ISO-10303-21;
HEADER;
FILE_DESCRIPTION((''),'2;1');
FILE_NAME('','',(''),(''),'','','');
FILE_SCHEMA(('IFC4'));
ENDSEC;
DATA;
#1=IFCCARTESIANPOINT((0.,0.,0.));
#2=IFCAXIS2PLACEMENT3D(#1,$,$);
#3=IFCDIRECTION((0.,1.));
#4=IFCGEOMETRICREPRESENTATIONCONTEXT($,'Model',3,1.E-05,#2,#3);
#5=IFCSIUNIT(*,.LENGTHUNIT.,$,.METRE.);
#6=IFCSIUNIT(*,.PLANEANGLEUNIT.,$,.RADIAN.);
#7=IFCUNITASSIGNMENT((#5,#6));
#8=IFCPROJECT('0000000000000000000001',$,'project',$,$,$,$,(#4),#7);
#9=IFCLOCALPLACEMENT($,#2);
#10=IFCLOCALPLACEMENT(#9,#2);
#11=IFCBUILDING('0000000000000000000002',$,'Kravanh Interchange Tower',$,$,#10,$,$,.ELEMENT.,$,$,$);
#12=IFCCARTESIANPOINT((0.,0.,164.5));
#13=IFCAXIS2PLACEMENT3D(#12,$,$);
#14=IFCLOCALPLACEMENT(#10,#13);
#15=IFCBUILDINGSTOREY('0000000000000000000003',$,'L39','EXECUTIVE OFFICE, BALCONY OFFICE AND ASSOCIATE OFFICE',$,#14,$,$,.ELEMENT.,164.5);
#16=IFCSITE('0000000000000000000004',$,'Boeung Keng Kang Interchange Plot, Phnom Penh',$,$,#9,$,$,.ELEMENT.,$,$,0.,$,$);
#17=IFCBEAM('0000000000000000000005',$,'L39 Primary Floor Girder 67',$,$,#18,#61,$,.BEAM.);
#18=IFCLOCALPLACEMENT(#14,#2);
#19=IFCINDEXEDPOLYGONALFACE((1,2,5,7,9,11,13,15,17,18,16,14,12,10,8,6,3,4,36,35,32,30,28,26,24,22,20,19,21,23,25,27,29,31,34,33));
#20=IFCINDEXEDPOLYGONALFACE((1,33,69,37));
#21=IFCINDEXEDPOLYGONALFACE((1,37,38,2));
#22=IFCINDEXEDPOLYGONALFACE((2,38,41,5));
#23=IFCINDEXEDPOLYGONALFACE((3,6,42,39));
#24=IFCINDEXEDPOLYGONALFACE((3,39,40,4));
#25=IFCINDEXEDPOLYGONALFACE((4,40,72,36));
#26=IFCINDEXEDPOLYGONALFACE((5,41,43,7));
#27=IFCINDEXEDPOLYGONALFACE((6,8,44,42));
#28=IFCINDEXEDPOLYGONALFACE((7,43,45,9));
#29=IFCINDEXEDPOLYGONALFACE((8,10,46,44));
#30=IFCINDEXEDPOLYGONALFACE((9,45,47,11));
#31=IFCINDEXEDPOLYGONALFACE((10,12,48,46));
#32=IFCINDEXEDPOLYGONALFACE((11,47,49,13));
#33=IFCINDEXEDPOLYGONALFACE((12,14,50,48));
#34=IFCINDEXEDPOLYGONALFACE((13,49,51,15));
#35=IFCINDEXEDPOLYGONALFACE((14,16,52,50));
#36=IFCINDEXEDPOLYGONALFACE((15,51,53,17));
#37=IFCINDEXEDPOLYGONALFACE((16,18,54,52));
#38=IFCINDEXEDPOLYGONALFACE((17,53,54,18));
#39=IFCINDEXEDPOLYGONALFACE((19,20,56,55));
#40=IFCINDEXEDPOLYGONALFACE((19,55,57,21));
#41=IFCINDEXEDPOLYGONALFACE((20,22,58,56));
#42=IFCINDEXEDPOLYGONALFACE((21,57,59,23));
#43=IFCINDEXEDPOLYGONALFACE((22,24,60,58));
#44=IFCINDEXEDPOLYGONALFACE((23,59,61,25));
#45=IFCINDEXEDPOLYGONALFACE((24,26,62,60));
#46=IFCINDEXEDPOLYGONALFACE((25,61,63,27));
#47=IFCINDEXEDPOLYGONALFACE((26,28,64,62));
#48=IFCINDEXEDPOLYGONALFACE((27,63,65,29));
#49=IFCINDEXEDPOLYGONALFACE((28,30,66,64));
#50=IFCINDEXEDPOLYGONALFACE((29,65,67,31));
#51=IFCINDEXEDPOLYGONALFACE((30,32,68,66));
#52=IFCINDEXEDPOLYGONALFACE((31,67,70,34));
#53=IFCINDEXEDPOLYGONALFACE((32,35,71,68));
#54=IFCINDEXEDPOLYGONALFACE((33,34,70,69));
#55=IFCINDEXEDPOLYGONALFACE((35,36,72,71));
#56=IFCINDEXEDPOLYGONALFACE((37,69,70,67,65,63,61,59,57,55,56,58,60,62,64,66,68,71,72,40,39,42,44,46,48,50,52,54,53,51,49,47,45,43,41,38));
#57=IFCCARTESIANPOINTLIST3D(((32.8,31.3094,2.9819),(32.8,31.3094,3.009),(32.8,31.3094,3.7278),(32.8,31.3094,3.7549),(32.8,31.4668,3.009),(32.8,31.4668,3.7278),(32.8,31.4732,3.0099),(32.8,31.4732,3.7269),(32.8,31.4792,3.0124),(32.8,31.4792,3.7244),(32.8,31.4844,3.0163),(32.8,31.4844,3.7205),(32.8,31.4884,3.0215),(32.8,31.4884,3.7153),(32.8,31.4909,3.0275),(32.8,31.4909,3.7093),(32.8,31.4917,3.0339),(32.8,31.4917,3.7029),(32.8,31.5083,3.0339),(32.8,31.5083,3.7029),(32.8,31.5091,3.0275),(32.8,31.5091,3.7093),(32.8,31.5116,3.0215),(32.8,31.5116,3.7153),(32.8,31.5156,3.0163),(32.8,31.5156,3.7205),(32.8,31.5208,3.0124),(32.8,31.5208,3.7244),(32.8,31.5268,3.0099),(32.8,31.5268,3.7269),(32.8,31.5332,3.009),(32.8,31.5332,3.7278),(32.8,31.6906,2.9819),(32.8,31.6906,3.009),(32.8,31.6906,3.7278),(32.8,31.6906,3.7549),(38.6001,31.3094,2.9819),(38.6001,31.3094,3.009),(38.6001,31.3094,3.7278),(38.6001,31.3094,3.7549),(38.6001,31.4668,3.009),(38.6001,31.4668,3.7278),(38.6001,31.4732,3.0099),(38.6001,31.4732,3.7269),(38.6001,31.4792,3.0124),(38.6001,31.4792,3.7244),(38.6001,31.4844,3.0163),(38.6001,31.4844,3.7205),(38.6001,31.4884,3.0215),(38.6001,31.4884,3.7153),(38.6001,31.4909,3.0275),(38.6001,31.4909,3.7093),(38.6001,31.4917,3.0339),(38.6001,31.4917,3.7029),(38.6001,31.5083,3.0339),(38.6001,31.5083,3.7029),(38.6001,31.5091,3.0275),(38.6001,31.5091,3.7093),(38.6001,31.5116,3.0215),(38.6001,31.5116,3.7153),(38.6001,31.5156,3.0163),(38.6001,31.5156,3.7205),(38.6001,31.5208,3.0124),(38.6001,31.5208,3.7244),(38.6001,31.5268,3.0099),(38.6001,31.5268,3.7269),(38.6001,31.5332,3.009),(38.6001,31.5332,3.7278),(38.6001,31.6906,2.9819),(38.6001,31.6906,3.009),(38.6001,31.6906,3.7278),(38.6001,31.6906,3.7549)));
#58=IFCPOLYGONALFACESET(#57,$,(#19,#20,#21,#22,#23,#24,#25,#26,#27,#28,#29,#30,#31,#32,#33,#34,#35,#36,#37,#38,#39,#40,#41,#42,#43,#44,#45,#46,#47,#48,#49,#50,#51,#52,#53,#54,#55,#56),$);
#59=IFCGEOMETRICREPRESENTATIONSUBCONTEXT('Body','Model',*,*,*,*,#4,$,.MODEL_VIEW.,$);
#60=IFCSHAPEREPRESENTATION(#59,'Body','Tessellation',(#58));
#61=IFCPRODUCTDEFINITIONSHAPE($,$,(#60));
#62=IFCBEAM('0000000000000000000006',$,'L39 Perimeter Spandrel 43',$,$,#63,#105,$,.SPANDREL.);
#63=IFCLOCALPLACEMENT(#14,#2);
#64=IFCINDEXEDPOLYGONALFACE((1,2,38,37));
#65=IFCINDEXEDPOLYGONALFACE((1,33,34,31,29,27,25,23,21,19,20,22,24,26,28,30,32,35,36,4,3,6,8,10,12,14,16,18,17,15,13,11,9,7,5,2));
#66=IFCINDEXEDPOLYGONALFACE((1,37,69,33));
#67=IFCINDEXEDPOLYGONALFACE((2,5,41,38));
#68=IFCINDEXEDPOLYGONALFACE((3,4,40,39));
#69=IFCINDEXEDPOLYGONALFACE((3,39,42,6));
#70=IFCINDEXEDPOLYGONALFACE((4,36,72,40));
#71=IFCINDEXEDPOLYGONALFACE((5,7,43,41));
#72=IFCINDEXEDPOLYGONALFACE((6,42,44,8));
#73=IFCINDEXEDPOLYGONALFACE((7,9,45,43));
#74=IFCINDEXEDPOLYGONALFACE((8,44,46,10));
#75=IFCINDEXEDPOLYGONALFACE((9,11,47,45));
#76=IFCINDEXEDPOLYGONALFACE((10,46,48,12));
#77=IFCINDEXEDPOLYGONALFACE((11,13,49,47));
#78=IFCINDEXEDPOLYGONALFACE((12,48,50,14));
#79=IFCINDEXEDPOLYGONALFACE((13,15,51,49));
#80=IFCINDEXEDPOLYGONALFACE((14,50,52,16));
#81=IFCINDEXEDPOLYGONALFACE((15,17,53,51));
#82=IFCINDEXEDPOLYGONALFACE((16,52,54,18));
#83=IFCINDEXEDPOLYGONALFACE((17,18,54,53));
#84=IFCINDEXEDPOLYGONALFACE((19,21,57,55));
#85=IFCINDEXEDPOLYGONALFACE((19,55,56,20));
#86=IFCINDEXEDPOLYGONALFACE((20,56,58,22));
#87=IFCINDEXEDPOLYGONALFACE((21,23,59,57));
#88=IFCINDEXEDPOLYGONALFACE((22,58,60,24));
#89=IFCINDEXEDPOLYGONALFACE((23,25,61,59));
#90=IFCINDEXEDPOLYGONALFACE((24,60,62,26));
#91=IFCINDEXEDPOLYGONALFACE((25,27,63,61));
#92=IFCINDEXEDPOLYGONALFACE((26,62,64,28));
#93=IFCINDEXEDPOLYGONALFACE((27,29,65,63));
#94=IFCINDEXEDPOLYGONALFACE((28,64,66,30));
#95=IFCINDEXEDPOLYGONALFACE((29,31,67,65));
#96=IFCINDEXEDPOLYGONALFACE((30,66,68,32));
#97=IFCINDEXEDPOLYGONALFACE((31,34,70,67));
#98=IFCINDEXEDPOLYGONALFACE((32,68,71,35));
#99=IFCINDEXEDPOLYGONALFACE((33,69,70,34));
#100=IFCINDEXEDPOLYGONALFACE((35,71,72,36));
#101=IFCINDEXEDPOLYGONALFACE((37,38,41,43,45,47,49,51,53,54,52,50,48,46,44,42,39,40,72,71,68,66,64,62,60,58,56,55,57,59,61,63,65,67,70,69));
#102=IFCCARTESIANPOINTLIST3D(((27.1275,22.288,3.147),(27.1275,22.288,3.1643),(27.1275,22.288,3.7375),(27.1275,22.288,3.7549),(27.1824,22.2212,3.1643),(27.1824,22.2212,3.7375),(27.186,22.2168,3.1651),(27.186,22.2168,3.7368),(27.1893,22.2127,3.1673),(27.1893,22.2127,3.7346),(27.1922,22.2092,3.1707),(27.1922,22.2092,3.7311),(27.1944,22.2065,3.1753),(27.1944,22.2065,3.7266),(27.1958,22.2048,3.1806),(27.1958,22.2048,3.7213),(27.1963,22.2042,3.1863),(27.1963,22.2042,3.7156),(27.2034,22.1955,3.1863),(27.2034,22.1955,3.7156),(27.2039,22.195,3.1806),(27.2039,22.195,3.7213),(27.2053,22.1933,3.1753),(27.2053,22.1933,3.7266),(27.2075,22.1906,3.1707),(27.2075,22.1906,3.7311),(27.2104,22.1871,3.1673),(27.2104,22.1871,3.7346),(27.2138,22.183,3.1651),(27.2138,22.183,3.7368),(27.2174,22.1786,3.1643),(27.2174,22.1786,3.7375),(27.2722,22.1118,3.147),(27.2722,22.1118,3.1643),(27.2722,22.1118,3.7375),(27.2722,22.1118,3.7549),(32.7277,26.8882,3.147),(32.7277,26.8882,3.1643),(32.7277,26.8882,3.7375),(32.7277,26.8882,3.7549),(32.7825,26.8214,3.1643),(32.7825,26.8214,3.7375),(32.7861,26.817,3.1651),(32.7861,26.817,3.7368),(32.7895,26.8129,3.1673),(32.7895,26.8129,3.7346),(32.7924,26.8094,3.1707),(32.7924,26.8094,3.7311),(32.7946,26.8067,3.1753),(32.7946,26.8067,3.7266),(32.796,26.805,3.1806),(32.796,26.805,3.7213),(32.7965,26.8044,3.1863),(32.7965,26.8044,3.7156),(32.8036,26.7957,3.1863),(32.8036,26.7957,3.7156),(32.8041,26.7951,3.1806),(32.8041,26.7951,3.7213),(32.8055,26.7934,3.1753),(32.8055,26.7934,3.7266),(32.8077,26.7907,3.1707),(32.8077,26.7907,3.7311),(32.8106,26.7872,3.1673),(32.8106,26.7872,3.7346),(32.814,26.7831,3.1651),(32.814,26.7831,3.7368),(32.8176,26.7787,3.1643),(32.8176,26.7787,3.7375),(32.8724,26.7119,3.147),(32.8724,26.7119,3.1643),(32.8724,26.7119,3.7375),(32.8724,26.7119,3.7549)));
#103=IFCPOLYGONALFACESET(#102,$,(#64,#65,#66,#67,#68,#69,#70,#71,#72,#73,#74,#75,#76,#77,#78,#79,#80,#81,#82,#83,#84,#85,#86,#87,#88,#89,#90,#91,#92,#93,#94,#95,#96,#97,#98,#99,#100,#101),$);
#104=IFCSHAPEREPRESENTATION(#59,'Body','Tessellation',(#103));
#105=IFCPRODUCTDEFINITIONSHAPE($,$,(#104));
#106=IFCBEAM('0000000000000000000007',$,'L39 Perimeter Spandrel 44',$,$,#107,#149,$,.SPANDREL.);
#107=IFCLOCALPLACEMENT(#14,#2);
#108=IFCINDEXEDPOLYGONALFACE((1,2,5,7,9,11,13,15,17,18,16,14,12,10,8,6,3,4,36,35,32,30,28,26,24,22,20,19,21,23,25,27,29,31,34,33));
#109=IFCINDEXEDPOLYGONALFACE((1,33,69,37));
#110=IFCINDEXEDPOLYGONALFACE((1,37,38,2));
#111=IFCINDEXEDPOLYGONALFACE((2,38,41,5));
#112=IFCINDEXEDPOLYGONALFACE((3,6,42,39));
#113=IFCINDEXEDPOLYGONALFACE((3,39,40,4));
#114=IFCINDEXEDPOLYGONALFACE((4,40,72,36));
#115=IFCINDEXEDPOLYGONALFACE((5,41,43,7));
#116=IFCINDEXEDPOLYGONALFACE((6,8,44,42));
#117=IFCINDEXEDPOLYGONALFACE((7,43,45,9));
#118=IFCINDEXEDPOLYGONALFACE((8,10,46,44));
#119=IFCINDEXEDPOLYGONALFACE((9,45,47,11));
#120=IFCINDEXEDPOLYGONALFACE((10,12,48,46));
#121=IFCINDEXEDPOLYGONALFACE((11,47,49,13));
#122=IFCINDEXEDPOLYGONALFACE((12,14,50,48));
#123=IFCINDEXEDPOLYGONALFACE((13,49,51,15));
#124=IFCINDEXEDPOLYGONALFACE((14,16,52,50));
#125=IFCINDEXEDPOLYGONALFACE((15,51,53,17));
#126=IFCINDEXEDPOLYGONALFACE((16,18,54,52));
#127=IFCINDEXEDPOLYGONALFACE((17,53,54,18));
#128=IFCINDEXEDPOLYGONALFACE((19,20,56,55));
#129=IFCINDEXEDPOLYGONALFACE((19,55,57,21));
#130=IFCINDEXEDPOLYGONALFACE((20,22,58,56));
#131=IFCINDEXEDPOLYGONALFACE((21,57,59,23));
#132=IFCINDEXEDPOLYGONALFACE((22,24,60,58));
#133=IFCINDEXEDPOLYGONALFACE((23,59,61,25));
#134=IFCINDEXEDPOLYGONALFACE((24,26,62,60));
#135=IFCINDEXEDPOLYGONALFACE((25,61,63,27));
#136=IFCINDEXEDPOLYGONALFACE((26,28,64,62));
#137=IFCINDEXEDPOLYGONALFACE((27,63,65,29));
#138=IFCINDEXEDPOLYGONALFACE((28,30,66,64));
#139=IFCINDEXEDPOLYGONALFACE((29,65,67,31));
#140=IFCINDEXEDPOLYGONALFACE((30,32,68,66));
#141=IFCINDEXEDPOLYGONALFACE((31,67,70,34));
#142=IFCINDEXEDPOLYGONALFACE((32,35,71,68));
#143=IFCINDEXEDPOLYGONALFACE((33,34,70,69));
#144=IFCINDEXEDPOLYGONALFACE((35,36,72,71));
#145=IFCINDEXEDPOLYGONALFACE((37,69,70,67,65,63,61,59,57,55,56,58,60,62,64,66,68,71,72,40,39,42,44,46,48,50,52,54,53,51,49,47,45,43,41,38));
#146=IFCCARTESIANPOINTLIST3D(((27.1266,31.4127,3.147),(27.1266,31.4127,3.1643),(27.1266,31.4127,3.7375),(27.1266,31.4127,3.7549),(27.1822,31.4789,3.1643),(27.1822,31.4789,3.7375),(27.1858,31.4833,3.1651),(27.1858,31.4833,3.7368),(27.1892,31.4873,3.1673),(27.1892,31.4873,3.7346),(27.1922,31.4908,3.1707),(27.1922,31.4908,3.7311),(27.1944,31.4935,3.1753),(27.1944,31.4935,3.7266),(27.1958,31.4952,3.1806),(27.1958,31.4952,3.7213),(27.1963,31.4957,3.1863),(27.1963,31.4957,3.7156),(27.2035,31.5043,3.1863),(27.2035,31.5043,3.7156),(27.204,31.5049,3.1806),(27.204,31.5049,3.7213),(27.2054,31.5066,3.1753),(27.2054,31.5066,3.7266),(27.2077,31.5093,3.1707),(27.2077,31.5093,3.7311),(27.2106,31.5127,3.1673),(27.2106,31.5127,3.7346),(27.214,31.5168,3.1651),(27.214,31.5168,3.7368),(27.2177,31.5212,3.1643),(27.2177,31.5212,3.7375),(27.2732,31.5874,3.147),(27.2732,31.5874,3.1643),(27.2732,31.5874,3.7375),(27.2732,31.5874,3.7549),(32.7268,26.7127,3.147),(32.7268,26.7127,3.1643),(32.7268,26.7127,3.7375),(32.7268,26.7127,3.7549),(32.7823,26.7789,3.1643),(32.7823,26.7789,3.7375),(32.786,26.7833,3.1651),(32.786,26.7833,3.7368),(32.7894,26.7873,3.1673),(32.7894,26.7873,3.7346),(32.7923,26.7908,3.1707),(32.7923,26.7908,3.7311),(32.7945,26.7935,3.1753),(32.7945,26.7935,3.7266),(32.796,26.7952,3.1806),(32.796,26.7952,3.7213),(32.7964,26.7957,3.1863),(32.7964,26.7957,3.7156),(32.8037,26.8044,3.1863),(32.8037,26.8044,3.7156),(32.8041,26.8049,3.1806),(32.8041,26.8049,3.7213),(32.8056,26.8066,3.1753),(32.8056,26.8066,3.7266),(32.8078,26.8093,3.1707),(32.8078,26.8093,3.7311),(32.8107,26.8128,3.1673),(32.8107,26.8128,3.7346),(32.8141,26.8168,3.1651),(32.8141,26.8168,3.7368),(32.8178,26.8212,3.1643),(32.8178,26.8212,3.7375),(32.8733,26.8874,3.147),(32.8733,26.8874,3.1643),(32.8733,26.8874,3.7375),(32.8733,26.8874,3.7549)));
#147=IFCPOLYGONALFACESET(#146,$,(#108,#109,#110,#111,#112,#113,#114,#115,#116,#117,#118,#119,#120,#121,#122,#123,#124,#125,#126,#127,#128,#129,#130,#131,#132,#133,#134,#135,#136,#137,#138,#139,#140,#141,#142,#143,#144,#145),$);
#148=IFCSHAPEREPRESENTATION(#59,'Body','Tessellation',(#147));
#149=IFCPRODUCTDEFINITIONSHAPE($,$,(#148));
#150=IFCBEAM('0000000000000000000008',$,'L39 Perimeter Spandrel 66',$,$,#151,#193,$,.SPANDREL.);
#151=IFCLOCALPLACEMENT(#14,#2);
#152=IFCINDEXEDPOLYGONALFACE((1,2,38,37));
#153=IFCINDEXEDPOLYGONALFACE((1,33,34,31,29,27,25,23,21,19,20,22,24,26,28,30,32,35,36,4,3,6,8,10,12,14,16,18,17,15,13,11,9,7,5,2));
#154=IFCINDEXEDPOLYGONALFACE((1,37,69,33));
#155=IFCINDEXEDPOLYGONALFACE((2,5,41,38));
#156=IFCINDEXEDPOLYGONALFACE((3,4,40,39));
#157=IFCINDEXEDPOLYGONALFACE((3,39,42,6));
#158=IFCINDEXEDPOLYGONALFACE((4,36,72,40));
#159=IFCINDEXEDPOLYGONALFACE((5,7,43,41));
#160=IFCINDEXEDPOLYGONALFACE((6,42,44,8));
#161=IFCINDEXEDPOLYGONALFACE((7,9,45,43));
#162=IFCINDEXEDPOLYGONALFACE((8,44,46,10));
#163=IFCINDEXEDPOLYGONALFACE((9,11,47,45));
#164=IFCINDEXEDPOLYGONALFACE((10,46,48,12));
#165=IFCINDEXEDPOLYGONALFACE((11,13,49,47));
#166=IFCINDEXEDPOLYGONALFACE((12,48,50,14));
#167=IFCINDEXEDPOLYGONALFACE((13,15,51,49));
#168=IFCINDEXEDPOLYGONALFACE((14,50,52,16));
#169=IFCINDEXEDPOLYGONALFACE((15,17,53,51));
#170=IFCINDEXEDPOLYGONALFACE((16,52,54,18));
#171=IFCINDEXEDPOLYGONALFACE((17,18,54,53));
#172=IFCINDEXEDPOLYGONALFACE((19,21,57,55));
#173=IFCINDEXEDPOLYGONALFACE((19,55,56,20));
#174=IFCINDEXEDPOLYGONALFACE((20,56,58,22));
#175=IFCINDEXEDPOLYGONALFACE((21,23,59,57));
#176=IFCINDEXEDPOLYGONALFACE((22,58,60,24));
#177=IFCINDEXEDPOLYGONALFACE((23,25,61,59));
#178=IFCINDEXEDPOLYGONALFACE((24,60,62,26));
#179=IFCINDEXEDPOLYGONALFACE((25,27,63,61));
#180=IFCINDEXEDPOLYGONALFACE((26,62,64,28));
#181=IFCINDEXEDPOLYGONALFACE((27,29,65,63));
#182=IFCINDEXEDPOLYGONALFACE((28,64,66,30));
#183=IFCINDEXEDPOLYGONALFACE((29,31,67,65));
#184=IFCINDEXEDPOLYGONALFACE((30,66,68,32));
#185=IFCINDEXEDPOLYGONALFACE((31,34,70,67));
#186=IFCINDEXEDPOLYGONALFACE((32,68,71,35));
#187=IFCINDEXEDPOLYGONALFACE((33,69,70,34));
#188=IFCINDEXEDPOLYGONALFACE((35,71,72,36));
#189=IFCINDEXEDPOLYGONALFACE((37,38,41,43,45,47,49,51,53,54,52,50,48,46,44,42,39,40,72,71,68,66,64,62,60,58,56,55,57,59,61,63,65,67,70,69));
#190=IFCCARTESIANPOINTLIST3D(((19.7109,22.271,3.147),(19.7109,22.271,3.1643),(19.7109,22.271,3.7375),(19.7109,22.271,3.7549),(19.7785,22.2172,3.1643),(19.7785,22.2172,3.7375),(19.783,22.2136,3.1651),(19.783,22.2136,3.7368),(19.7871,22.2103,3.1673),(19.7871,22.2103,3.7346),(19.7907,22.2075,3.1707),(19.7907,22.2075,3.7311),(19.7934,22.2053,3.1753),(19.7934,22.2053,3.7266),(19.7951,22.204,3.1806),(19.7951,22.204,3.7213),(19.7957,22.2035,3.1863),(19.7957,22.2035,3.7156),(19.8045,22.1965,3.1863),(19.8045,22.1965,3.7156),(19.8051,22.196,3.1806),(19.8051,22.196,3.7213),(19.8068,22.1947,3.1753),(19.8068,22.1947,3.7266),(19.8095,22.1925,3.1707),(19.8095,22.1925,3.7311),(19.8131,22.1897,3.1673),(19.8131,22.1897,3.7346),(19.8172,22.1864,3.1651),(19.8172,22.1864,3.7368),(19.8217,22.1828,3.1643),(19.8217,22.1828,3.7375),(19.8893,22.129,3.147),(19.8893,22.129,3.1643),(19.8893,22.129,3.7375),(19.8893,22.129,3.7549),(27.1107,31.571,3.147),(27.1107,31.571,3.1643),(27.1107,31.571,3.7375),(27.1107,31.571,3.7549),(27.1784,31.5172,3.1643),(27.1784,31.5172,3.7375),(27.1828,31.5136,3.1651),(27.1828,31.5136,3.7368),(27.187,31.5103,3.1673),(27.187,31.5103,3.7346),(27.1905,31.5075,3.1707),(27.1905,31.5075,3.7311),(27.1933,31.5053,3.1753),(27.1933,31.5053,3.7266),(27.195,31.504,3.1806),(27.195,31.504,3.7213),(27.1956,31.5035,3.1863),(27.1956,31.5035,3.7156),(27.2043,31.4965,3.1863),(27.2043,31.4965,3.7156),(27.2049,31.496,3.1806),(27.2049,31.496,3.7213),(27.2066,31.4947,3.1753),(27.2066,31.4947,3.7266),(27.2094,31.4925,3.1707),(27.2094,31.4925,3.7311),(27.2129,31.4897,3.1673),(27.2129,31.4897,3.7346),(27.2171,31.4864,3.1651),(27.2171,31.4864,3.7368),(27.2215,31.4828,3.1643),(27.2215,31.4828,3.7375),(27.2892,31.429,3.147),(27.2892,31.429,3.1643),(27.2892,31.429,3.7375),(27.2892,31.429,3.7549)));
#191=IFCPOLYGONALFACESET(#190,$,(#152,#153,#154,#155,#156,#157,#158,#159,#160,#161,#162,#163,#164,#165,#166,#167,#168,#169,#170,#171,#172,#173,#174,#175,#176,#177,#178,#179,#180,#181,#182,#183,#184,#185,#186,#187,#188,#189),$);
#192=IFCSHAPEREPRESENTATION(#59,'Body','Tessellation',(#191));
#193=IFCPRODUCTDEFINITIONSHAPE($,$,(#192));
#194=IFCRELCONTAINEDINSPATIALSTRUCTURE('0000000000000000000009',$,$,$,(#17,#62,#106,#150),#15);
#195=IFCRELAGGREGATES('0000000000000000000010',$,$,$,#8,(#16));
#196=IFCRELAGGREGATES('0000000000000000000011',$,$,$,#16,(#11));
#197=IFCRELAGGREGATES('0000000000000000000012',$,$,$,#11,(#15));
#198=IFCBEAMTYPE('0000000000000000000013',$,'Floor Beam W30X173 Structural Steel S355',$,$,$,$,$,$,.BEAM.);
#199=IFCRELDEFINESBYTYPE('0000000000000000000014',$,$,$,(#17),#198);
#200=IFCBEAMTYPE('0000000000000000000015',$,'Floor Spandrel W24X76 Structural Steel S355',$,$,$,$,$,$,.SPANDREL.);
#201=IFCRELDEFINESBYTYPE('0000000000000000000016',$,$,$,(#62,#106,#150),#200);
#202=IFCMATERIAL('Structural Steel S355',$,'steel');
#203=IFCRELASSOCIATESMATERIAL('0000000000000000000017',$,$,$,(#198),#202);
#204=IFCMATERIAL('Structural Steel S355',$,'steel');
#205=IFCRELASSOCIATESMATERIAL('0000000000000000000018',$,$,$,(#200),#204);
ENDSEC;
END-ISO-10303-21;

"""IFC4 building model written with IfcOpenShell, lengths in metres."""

from ifc_helpers import new_model, si_unit, direction, frame, origin, origin_2d, place, context, subcontext, project, spatial, i_section, extrude, material, material_profile, profile_set, type_object, element, save


model = new_model("IFC4")

# Units and contexts
model_context = context("Model", 3, precision=1e-05, world=origin(), true_north=direction((0.0, 1.0)))
body_context = subcontext(model_context, "Body", "Model", "MODEL_VIEW")
ifc_project = project(units=[si_unit("LENGTHUNIT", "METRE"), si_unit("PLANEANGLEUNIT", "RADIAN")], contexts=[model_context])

# Site, building, storey
site_placement = place(None, origin())
site = spatial("IfcSite", under=ifc_project, at=site_placement, Name="Boeung Keng Kang Interchange Plot, Phnom Penh", CompositionType="ELEMENT", RefElevation=0.0)
building_placement = place(site_placement, origin())
building = spatial("IfcBuilding", under=site, at=building_placement, Name="Kravanh Interchange Tower", CompositionType="ELEMENT")
storey_placement = place(building_placement, frame((0.0, 0.0, 164.5)))
storey = spatial("IfcBuildingStorey", under=building, at=storey_placement, Name="L39", Description="EXECUTIVE OFFICE, BALCONY OFFICE AND ASSOCIATE OFFICE", CompositionType="ELEMENT", Elevation=164.5)

# Beams
ifc_material_1 = material(Name="Structural Steel S355", Category="steel")
ifc_material_profile_1 = material_profile(ifc_material_1, i_section(OverallWidth=0.3811, OverallDepth=0.7729, WebThickness=0.0166, FlangeThickness=0.0271, FilletRadius=0.0249, at=origin_2d()), Name="W30X173")
ifc_profile_set_1 = profile_set([ifc_material_profile_1], Name="Structural Steel S355")
beam_type_1 = type_object("IfcBeamType", Name="Floor Beam W30X173 Structural Steel S355", PredefinedType="BEAM", material=ifc_profile_set_1)
beam_1_placement = place(storey_placement, frame((32.8, 31.5, 3.3684), z_axis=(1.0, 0.0, 0.0), x_axis=(0.0, 1.0, 0.0)))
element("IfcBeam", 1, at=beam_1_placement, inside=storey, type_object=beam_type_1, Name="L39 Primary Floor Girder 67", PredefinedType="BEAM", context=body_context, shape_type="SweptSolid", body=[
    extrude(i_section(OverallWidth=0.3811, OverallDepth=0.7729, WebThickness=0.0166, FlangeThickness=0.0271, FilletRadius=0.0249, at=origin_2d()), origin(), (0.0, 0.0, 1.0), 5.8),
])
ifc_material_2 = material(Name="Structural Steel S355", Category="steel")
ifc_material_profile_2 = material_profile(ifc_material_2, i_section(OverallWidth=0.228, OverallDepth=0.6079, WebThickness=0.0112, FlangeThickness=0.0173, FilletRadius=0.022, at=origin_2d()), Name="W24X76")
ifc_profile_set_2 = profile_set([ifc_material_profile_2], Name="Structural Steel S355")
beam_type_2 = type_object("IfcBeamType", Name="Floor Spandrel W24X76 Structural Steel S355", PredefinedType="SPANDREL", material=ifc_profile_set_2)
beam_2_placement = place(storey_placement, frame((32.8, 26.8, 3.4509), z_axis=(-0.772725, -0.634741, 0.0), x_axis=(0.634741, -0.772725, 0.0)))
element("IfcBeam", 2, at=beam_2_placement, inside=storey, type_object=beam_type_2, Name="L39 Perimeter Spandrel 43", PredefinedType="SPANDREL", context=body_context, shape_type="SweptSolid", body=[
    extrude(i_section(OverallWidth=0.228, OverallDepth=0.6079, WebThickness=0.0112, FlangeThickness=0.0173, FilletRadius=0.022, at=origin_2d()), origin(), (0.0, 0.0, 1.0), 7.2473),
])
beam_3_placement = place(storey_placement, frame((32.8, 26.8, 3.4509), z_axis=(-0.765983, 0.642861, 0.0), x_axis=(-0.642861, -0.765983, 0.0)))
element("IfcBeam", 3, at=beam_3_placement, inside=storey, type_object=beam_type_2, Name="L39 Perimeter Spandrel 44", PredefinedType="SPANDREL", context=body_context, shape_type="SweptSolid", body=[
    extrude(i_section(OverallWidth=0.228, OverallDepth=0.6079, WebThickness=0.0112, FlangeThickness=0.0173, FilletRadius=0.022, at=origin_2d()), origin(), (0.0, 0.0, 1.0), 7.311),
])
beam_4_placement = place(storey_placement, frame((27.2, 31.5, 3.4509), z_axis=(-0.622634, -0.782513, 0.0), x_axis=(0.782513, -0.622634, 0.0)))
element("IfcBeam", 4, at=beam_4_placement, inside=storey, type_object=beam_type_2, Name="L39 Perimeter Spandrel 66", PredefinedType="SPANDREL", context=body_context, shape_type="SweptSolid", body=[
    extrude(i_section(OverallWidth=0.228, OverallDepth=0.6079, WebThickness=0.0112, FlangeThickness=0.0173, FilletRadius=0.022, at=origin_2d()), origin(), (0.0, 0.0, 1.0), 11.8848),
])

save(model, "model.ifc")
